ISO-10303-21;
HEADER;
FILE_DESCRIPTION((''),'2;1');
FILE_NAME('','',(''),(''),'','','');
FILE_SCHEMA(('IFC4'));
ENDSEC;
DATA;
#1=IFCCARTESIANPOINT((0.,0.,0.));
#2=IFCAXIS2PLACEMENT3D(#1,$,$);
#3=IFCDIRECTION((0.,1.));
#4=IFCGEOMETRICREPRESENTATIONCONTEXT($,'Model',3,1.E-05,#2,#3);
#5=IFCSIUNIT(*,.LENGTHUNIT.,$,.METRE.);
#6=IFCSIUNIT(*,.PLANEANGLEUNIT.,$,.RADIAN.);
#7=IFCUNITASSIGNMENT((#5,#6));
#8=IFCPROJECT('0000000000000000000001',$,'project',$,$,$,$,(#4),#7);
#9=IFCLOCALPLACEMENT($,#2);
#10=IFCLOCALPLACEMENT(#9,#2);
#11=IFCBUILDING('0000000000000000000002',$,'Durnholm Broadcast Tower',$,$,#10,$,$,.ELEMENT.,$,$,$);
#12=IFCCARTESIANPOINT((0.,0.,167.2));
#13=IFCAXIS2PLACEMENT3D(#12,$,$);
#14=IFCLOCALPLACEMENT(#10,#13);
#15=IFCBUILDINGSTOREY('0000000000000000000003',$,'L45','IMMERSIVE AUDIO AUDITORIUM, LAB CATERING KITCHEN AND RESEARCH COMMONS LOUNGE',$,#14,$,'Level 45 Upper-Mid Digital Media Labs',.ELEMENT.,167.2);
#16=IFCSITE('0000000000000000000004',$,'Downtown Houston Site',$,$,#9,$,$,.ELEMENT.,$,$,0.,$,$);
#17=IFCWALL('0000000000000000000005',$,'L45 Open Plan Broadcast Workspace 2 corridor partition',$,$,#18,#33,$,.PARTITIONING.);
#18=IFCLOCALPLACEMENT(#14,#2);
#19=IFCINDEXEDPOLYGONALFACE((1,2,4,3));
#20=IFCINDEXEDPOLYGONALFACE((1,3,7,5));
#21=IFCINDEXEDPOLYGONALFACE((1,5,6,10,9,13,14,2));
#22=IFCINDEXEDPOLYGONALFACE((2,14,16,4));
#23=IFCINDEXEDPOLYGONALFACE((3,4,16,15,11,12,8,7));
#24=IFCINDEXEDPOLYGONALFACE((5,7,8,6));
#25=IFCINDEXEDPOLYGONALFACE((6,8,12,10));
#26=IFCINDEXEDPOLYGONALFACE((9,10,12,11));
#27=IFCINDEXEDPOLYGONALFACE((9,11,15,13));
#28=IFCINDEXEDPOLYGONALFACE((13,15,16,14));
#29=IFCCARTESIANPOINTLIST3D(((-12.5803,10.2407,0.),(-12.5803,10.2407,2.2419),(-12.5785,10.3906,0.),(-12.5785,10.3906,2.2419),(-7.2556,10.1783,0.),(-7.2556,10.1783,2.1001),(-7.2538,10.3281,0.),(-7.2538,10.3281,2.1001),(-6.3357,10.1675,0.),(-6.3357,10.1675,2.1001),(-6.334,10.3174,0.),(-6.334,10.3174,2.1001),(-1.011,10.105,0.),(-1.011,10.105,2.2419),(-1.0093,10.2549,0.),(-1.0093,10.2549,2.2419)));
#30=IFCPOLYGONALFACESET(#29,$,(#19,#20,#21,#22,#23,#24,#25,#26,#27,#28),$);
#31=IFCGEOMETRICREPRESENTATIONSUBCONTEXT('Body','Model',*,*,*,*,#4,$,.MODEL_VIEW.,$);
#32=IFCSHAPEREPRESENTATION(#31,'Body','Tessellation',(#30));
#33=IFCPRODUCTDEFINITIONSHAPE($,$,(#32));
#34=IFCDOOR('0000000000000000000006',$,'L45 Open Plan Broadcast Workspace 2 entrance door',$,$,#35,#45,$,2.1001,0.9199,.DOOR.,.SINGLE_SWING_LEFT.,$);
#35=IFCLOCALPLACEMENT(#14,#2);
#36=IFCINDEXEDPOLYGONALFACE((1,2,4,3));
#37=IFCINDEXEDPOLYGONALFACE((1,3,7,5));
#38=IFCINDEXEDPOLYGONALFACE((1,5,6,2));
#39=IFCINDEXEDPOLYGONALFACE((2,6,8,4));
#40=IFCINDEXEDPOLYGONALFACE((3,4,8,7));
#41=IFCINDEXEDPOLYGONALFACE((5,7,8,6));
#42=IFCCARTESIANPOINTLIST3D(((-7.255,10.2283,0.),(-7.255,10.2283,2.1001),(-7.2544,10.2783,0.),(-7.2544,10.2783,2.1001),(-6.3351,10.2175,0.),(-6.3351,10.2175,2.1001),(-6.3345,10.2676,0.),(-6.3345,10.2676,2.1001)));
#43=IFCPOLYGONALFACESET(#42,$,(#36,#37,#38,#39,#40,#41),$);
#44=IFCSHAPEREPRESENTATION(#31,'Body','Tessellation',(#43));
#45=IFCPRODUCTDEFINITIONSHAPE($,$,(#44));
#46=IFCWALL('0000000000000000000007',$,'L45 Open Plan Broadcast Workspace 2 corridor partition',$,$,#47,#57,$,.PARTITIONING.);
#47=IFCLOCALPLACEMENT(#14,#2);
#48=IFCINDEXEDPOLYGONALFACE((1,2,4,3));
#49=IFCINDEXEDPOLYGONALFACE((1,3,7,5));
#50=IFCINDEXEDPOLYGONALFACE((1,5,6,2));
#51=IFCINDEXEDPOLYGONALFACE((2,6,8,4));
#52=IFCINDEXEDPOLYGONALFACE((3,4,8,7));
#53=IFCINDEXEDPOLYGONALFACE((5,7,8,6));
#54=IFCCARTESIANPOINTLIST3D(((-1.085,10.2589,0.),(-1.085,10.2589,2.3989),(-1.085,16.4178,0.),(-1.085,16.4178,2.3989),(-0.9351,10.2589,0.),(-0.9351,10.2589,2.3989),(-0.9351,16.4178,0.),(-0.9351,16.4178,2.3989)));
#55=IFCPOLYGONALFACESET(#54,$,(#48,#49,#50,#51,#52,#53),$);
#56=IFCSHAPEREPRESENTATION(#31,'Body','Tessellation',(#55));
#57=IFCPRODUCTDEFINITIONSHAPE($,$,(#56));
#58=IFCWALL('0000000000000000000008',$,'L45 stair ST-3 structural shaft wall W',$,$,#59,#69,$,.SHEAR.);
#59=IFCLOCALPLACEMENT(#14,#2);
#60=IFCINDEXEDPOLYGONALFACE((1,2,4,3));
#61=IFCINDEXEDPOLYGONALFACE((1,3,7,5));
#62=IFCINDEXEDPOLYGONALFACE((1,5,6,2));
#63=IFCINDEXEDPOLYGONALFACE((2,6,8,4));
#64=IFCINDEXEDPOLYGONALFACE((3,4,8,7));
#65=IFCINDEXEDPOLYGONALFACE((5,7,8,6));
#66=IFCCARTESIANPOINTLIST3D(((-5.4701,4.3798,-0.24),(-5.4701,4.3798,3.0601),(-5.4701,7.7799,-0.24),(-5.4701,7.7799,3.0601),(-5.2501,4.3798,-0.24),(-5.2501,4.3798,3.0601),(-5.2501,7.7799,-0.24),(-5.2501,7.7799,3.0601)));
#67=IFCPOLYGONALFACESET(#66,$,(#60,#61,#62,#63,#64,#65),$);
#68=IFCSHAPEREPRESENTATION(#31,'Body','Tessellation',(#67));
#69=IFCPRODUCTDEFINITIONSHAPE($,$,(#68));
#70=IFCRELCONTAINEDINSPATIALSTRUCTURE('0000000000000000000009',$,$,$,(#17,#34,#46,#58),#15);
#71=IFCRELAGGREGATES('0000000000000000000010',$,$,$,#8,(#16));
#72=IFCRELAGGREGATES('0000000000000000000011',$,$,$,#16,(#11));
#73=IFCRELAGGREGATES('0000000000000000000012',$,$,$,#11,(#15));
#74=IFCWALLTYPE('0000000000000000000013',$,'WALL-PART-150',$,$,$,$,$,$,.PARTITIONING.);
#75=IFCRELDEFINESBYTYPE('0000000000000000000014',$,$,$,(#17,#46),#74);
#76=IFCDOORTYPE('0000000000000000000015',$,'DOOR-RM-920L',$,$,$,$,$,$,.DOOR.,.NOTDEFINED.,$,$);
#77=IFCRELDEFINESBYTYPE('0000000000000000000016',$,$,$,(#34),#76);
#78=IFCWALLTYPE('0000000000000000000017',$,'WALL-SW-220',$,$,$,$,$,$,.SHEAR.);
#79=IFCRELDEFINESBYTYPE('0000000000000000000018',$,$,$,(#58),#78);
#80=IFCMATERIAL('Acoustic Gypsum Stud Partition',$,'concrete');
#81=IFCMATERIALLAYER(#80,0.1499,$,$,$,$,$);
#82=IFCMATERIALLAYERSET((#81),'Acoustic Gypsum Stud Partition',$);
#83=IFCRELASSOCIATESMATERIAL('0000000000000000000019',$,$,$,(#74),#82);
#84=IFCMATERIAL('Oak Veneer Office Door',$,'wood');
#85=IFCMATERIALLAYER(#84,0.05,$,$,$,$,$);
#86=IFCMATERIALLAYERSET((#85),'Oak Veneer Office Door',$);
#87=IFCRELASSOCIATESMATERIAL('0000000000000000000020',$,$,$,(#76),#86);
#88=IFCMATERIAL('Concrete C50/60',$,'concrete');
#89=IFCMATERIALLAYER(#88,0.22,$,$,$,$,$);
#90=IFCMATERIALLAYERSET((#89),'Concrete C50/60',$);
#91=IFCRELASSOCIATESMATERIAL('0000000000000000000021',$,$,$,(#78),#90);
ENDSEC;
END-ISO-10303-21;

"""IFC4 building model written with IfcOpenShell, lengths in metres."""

from ifc_helpers import new_model, si_unit, direction, frame, frame_2d, origin, place, context, subcontext, project, spatial, rectangle, extrude, source, transform, mapped, material, layer, layer_set, type_object, type_shapes, element, fill, save


model = new_model("IFC4")

# Units and contexts
model_context = context("Model", 3, precision=1e-05, world=origin(), true_north=direction((0.0, 1.0)))
body_context = subcontext(model_context, "Body", "Model", "MODEL_VIEW")
ifc_project = project(units=[si_unit("LENGTHUNIT", "METRE"), si_unit("PLANEANGLEUNIT", "RADIAN")], contexts=[model_context])

# Site, building, storey
site_placement = place(None, origin())
site = spatial("IfcSite", under=ifc_project, at=site_placement, Name="Downtown Houston Site", CompositionType="ELEMENT", RefElevation=0.0)
building_placement = place(site_placement, origin())
building = spatial("IfcBuilding", under=site, at=building_placement, Name="Durnholm Broadcast Tower", CompositionType="ELEMENT")
storey_placement = place(building_placement, frame((0.0, 0.0, 167.2)))
storey = spatial("IfcBuildingStorey", under=building, at=storey_placement, Name="L45", Description="IMMERSIVE AUDIO AUDITORIUM, LAB CATERING KITCHEN AND RESEARCH COMMONS LOUNGE", LongName="Level 45 Upper-Mid Digital Media Labs", CompositionType="ELEMENT", Elevation=167.2)

# Wall, opening, door
ifc_material_1 = material(Name="Acoustic Gypsum Stud Partition", Category="concrete")
ifc_layer_1 = layer(ifc_material_1, 0.1499)
ifc_layer_set_1 = layer_set([ifc_layer_1], Name="Acoustic Gypsum Stud Partition")
wall_type_1 = type_object("IfcWallType", Name="WALL-PART-150", PredefinedType="PARTITIONING", material=ifc_layer_set_1)
wall_1_placement = place(storey_placement, frame((-1.01, 10.1799, 0.0), z_axis=(0.0, 0.0, 1.0), x_axis=(-0.999931, 0.011732, 0.0)))
wall_1 = element("IfcWall", 1, at=wall_1_placement, inside=storey, type_object=wall_type_1, Name="L45 Open Plan Broadcast Workspace 2 corridor partition", PredefinedType="PARTITIONING", context=body_context, shape_type="SweptSolid", body=[
    extrude(rectangle(XDim=11.5701, YDim=0.1499, at=frame_2d((5.7852, 0.0))), origin(), (0.0, 0.0, 1.0), 2.2419),
])
opening_placement = place(wall_1_placement, frame((5.3252, 0.0, 0.0)))
opening = element("IfcOpeningElement", 2, at=opening_placement, cuts=wall_1, PredefinedType="OPENING", context=body_context, shape_type="SweptSolid", body=[
    extrude(rectangle(XDim=0.9199, YDim=2.1001, at=frame_2d((0.46, 1.05))), frame((0.0, 0.085, 0.0), z_axis=(0.0, -1.0, 0.0), x_axis=(1.0, 0.0, 0.0)), (0.0, 0.0, 1.0), 0.1699),
])
ifc_material_2 = material(Name="Oak Veneer Office Door", Category="wood")
ifc_layer_2 = layer(ifc_material_2, 0.05)
ifc_layer_set_2 = layer_set([ifc_layer_2], Name="Oak Veneer Office Door")
door_type = type_object("IfcDoorType", Name="DOOR-RM-920L", OperationType="NOTDEFINED", PredefinedType="DOOR", material=ifc_layer_set_2)
shared_shape_1 = source(origin(), body_context, "Body", "SweptSolid", [
    extrude(rectangle(XDim=0.9199, YDim=2.1001, at=frame_2d((0.46, 1.05))), frame((0.0, 0.0249, 0.0), z_axis=(0.0, -1.0, 0.0), x_axis=(1.0, 0.0, 0.0)), (0.0, 0.0, 1.0), 0.05),
])
type_shapes(door_type, [shared_shape_1])
door_placement = place(opening_placement, origin())
door = element("IfcDoor", 3, at=door_placement, inside=storey, type_object=door_type, Name="L45 Open Plan Broadcast Workspace 2 entrance door", OperationType="SINGLE_SWING_LEFT", OverallHeight=2.1001, OverallWidth=0.9199, PredefinedType="DOOR", context=body_context, shape_type="MappedRepresentation", body=[
    mapped(shared_shape_1, transform((0.0, 0.0, 0.0), x_axis=(1.0, 0.0, 0.0), y_axis=(0.0, 1.0, 0.0), z_axis=(0.0, 0.0, 1.0), scale=1.0)),
])
fill(opening, door)

# Walls
wall_2_placement = place(storey_placement, frame((-1.01, 16.418, 0.0), z_axis=(0.0, 0.0, 1.0), x_axis=(0.0, -1.0, 0.0)))
element("IfcWall", 4, at=wall_2_placement, inside=storey, type_object=wall_type_1, Name="L45 Open Plan Broadcast Workspace 2 corridor partition", PredefinedType="PARTITIONING", context=body_context, shape_type="SweptSolid", body=[
    extrude(rectangle(XDim=6.1589, YDim=0.1499, at=frame_2d((3.0796, 0.0))), origin(), (0.0, 0.0, 1.0), 2.3989),
])
ifc_material_3 = material(Name="Concrete C50/60", Category="concrete")
ifc_layer_3 = layer(ifc_material_3, 0.22)
ifc_layer_set_3 = layer_set([ifc_layer_3], Name="Concrete C50/60")
wall_type_2 = type_object("IfcWallType", Name="WALL-SW-220", PredefinedType="SHEAR", material=ifc_layer_set_3)
wall_3_placement = place(storey_placement, frame((-5.3601, 7.78, -0.24), z_axis=(0.0, 0.0, 1.0), x_axis=(0.0, -1.0, 0.0)))
element("IfcWall", 5, at=wall_3_placement, inside=storey, type_object=wall_type_2, Name="L45 stair ST-3 structural shaft wall W", PredefinedType="SHEAR", context=body_context, shape_type="SweptSolid", body=[
    extrude(rectangle(XDim=3.4001, YDim=0.22, at=frame_2d((1.7002, 0.0))), origin(), (0.0, 0.0, 1.0), 3.3),
])

save(model, "model.ifc")
